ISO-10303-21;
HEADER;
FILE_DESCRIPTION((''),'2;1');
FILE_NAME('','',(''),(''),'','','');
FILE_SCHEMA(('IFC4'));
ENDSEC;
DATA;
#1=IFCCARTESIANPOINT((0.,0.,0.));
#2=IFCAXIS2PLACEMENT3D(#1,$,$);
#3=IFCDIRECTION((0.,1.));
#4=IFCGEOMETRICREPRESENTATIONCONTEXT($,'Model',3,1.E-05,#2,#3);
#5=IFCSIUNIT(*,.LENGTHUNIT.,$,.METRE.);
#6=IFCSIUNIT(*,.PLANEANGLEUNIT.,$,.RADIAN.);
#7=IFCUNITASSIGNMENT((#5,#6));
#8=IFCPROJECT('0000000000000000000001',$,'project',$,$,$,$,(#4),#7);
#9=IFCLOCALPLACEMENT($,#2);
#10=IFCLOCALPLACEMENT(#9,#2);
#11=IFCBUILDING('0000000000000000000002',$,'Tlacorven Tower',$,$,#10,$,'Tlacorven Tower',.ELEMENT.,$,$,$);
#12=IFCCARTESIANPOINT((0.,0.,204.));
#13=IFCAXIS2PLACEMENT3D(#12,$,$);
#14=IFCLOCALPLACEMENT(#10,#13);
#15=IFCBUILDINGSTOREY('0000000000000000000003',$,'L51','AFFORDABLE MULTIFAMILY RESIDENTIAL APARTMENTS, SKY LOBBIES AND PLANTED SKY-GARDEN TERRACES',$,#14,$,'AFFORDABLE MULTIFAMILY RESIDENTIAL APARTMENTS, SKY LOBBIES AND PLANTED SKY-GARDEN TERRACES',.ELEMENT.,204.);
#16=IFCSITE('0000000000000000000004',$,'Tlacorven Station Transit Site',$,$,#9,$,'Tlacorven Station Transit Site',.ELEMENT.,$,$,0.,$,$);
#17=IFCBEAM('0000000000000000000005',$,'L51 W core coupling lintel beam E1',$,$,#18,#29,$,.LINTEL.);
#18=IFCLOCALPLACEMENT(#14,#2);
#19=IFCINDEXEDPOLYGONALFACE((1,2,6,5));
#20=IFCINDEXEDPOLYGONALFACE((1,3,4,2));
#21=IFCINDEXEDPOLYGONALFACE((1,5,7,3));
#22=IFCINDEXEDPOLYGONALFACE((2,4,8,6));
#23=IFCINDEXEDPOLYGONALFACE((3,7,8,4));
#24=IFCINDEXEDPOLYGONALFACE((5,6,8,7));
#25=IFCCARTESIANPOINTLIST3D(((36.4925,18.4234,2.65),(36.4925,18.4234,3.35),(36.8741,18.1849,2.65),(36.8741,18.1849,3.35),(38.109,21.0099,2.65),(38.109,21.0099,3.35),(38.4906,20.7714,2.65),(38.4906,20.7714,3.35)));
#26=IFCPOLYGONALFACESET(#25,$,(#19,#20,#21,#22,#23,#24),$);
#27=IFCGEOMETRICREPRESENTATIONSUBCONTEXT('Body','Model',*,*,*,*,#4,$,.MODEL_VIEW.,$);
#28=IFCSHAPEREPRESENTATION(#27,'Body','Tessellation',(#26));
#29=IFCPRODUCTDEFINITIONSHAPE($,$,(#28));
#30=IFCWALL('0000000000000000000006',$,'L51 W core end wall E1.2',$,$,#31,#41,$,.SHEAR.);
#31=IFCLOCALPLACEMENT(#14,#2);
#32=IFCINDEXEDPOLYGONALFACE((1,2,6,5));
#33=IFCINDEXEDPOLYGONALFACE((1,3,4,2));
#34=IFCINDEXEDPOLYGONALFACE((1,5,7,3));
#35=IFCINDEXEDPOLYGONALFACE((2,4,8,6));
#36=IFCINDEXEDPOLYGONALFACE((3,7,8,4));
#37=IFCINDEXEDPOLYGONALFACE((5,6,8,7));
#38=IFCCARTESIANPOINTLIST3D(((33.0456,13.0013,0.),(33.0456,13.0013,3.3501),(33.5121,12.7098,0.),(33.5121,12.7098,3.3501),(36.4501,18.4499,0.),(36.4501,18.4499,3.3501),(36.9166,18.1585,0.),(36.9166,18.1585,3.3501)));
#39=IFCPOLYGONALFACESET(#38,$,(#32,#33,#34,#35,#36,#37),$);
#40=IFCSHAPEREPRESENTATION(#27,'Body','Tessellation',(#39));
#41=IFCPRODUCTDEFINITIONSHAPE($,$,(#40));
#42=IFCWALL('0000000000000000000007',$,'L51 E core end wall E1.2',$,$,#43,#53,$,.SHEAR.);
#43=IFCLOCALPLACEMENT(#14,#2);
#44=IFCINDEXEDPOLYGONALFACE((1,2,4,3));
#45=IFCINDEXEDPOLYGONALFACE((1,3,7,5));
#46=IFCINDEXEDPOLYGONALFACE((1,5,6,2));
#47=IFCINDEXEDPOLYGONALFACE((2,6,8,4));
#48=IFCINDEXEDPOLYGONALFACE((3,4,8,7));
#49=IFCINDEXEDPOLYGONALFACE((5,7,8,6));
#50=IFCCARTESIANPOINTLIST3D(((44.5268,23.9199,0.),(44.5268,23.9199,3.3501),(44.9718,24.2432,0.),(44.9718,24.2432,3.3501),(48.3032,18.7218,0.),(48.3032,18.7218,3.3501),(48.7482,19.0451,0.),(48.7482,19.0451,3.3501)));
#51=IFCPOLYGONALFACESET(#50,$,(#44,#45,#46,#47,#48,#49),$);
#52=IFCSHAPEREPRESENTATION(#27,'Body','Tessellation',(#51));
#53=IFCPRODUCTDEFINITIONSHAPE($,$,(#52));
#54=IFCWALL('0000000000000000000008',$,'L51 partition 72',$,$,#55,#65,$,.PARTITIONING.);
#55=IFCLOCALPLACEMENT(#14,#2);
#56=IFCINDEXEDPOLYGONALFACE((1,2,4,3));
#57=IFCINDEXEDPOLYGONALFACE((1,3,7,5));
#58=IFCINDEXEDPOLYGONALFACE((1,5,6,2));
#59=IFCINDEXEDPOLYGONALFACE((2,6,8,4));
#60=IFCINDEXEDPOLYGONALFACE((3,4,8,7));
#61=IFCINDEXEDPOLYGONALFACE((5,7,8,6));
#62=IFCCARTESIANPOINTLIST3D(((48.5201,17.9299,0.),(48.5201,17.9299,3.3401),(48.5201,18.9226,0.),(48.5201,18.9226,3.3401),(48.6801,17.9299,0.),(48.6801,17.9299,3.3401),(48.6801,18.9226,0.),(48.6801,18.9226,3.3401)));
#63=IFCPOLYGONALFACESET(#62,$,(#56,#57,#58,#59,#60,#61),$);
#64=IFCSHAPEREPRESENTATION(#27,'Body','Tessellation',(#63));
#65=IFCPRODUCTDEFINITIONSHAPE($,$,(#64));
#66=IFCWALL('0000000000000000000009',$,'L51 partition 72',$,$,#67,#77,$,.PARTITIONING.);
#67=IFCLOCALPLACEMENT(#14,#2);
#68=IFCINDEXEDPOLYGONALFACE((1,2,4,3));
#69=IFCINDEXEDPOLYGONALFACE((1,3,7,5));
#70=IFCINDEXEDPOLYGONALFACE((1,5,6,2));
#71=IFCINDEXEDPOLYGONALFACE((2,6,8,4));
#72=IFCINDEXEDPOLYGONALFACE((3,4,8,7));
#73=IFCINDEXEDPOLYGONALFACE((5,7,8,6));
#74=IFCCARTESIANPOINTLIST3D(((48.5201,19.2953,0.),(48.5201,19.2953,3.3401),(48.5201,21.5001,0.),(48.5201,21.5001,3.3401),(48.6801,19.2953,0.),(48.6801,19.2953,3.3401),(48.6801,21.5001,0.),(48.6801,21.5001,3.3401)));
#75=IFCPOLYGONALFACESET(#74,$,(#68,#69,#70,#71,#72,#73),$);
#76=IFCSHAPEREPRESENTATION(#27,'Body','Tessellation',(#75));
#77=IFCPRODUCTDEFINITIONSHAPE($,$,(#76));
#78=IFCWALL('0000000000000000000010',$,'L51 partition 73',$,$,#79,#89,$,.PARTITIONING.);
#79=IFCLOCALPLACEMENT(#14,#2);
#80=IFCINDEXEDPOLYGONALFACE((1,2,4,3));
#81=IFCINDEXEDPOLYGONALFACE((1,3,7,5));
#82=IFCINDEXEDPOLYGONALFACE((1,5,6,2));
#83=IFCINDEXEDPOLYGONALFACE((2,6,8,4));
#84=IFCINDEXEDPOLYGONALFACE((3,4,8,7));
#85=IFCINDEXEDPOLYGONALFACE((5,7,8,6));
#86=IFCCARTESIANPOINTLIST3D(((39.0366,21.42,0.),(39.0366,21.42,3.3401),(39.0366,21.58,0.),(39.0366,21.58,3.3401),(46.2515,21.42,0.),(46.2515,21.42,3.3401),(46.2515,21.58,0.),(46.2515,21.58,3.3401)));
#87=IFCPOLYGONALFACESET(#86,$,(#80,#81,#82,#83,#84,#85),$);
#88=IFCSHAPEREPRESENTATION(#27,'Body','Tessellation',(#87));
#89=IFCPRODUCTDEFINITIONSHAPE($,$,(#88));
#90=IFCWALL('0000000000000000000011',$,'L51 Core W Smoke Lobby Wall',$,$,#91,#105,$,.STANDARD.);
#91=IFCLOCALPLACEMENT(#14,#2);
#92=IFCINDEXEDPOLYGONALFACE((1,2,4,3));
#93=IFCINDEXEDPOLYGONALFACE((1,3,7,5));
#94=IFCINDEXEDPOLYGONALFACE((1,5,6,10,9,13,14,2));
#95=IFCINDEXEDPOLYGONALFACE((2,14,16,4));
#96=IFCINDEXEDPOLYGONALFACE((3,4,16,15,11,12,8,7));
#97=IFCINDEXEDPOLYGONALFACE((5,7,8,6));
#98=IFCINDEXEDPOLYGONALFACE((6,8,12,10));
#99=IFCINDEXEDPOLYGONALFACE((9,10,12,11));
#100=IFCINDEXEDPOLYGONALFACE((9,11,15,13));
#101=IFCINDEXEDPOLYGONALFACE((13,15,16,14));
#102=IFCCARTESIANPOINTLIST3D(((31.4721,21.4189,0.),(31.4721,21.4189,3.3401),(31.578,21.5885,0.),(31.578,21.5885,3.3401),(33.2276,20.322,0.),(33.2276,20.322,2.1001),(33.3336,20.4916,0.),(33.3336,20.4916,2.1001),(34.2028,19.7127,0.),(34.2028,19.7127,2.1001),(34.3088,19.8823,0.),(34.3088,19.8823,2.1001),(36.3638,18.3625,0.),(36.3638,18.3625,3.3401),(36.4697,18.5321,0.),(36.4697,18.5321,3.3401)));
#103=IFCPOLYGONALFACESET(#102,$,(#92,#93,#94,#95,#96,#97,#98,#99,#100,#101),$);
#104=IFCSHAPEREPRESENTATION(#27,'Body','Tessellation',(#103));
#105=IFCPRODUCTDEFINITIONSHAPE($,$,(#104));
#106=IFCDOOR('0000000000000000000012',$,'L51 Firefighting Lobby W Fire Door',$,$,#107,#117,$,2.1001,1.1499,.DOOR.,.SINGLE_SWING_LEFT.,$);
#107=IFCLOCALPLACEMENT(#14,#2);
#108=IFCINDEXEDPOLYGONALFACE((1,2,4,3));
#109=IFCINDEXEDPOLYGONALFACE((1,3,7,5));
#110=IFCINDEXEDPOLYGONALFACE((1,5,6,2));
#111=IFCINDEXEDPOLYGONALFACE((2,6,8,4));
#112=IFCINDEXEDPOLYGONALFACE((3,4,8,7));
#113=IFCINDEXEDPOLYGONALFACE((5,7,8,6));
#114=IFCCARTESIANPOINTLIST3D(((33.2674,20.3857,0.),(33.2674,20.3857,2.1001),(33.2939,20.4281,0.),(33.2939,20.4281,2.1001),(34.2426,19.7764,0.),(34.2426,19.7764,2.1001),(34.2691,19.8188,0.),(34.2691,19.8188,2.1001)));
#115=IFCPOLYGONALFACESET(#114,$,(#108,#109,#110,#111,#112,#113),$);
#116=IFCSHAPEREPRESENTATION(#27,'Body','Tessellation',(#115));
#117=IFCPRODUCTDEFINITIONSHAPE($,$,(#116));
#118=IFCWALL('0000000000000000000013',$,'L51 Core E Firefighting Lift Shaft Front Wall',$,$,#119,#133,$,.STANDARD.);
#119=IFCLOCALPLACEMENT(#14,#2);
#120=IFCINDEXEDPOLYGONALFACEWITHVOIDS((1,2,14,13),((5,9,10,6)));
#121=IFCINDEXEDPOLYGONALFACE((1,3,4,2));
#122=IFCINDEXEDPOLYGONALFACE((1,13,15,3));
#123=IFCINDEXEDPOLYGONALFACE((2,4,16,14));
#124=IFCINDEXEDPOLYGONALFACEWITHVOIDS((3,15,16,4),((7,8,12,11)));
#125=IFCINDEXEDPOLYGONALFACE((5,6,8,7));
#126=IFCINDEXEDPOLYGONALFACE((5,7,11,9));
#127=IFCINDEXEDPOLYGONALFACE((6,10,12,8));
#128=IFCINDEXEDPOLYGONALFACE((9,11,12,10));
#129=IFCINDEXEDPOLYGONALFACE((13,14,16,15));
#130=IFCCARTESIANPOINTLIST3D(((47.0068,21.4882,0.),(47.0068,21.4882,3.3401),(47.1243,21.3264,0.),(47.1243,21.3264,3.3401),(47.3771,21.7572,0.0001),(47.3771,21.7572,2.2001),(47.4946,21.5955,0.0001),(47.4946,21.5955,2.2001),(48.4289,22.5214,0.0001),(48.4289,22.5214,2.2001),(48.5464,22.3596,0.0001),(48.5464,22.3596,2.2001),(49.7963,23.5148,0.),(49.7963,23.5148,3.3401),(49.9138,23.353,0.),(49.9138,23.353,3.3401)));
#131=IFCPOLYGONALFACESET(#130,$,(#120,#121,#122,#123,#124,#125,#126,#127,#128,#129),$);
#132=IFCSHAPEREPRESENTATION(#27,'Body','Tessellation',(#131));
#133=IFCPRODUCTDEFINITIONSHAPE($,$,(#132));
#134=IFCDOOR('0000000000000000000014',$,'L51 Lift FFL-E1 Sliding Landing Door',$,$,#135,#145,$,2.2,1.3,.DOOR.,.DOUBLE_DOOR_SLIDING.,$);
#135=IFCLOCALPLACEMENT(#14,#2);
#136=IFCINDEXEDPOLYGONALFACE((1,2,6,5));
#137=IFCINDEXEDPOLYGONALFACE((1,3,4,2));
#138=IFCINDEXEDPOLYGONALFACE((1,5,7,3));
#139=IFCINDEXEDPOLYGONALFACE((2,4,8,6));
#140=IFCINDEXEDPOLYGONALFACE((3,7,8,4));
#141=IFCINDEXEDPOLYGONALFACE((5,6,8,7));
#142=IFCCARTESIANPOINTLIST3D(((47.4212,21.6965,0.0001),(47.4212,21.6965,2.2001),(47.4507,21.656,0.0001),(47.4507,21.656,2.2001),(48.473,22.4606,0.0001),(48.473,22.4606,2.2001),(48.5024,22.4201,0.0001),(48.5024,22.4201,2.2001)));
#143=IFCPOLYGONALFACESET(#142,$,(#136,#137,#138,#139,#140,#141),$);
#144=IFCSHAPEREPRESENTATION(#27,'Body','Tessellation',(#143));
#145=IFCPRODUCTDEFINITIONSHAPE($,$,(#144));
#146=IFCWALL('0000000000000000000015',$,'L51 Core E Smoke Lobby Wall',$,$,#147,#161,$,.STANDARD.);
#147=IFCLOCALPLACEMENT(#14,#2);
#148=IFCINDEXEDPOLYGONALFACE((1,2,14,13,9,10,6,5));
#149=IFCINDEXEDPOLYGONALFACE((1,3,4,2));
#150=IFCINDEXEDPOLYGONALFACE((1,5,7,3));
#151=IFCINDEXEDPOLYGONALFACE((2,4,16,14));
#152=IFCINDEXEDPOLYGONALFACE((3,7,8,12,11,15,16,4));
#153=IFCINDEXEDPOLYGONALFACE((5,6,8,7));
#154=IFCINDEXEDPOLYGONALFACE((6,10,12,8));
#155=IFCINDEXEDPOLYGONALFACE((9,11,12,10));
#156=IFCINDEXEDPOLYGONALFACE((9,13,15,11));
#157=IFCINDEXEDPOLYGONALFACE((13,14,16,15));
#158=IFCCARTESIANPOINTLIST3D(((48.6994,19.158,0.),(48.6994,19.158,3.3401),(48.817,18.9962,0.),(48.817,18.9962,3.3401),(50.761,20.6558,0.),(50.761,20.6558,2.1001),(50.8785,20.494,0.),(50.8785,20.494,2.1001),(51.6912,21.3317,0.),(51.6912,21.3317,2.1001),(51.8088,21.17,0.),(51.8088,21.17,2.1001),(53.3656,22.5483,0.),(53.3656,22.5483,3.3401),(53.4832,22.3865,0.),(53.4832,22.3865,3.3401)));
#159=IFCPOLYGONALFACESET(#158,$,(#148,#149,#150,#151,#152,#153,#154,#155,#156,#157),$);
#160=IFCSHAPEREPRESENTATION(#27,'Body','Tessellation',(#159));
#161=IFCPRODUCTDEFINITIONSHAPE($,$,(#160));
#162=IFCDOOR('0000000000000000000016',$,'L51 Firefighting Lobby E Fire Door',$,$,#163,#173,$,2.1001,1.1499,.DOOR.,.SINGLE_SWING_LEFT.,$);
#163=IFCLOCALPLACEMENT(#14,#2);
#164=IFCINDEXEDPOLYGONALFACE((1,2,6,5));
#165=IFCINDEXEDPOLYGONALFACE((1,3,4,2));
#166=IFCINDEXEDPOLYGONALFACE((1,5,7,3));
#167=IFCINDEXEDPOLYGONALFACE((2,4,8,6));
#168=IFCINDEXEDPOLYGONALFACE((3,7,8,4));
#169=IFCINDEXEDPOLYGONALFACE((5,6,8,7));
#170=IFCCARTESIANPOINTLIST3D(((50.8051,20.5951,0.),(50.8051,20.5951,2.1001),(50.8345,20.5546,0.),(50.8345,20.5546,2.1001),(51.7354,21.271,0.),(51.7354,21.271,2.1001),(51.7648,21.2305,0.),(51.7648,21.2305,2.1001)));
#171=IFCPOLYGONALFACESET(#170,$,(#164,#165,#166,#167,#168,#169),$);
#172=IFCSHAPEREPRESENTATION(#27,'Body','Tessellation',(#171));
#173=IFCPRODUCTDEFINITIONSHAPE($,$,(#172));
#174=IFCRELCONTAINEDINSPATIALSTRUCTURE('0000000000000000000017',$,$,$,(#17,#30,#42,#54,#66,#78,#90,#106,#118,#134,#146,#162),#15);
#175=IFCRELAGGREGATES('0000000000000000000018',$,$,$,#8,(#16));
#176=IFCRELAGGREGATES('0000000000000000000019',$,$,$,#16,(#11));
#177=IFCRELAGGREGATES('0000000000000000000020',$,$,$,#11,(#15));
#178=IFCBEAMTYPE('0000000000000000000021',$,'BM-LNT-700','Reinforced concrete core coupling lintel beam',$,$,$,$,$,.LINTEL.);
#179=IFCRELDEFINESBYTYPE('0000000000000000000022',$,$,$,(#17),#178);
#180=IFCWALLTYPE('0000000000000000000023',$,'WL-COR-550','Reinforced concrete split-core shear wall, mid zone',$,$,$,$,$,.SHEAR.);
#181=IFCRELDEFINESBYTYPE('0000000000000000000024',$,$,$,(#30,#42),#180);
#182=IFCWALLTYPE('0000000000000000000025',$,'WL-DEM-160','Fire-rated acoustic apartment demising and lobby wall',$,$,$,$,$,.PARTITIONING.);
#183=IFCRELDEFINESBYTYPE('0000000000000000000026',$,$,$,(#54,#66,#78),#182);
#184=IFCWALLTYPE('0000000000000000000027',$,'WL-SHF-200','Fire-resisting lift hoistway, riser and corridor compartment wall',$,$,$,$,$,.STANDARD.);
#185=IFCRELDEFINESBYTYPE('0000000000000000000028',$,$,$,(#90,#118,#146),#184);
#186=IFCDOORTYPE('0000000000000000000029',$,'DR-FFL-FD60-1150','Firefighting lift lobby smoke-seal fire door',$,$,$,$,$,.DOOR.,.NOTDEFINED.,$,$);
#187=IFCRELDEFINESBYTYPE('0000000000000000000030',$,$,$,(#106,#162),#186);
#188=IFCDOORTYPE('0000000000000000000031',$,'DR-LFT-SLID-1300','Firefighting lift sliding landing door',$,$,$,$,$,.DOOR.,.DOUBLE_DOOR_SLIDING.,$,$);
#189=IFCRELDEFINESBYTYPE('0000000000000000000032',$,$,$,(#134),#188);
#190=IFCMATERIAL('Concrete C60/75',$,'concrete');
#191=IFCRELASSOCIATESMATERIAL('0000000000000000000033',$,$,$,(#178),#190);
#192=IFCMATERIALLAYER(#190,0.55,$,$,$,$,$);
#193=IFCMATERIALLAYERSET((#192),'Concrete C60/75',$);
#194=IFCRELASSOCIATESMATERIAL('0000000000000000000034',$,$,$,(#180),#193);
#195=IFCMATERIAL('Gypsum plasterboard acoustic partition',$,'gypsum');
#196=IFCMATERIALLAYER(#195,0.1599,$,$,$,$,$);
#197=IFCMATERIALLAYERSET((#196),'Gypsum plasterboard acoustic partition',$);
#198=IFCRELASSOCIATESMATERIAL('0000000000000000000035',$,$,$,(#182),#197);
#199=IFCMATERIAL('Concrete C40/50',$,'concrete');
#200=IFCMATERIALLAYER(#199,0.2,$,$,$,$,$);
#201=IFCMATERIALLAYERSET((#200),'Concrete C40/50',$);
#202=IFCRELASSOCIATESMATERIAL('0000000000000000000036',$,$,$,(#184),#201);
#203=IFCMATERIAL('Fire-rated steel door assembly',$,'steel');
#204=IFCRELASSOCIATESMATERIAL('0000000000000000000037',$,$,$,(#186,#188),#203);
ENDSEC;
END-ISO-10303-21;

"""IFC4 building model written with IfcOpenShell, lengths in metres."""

from ifc_helpers import new_model, si_unit, direction, frame, frame_2d, origin, origin_2d, place, context, subcontext, project, spatial, rectangle, extrude, source, transform, mapped, material, layer, layer_set, material_profile, profile_set, type_object, element, fill, save


model = new_model("IFC4")

# Units and contexts
model_context = context("Model", 3, precision=1e-05, world=origin(), true_north=direction((0.0, 1.0)))
body_context = subcontext(model_context, "Body", "Model", "MODEL_VIEW")
ifc_project = project(units=[si_unit("LENGTHUNIT", "METRE"), si_unit("PLANEANGLEUNIT", "RADIAN")], contexts=[model_context])

# Site, building, storey
site_placement = place(None, origin())
site = spatial("IfcSite", under=ifc_project, at=site_placement, Name="Tlacorven Station Transit Site", LongName="Tlacorven Station Transit Site", CompositionType="ELEMENT", RefElevation=0.0)
building_placement = place(site_placement, origin())
building = spatial("IfcBuilding", under=site, at=building_placement, Name="Tlacorven Tower", LongName="Tlacorven Tower", CompositionType="ELEMENT")
storey_placement = place(building_placement, frame((0.0, 0.0, 204.0)))
storey = spatial("IfcBuildingStorey", under=building, at=storey_placement, Name="L51", Description="AFFORDABLE MULTIFAMILY RESIDENTIAL APARTMENTS, SKY LOBBIES AND PLANTED SKY-GARDEN TERRACES", LongName="AFFORDABLE MULTIFAMILY RESIDENTIAL APARTMENTS, SKY LOBBIES AND PLANTED SKY-GARDEN TERRACES", CompositionType="ELEMENT", Elevation=204.0)

# Beam
ifc_material_1 = material(Name="Concrete C60/75", Category="concrete")
ifc_material_profile = material_profile(ifc_material_1, rectangle(XDim=0.45, YDim=0.7, at=origin_2d()), Name="RC 450X700")
ifc_profile_set = profile_set([ifc_material_profile], Name="Concrete C60/75")
beam_type = type_object("IfcBeamType", Name="BM-LNT-700", Description="Reinforced concrete core coupling lintel beam", PredefinedType="LINTEL", material=ifc_profile_set)
shared_shape_1 = source(origin(), body_context, "Body", "SweptSolid", [
    extrude(rectangle(XDim=0.45, YDim=0.7, at=origin_2d()), origin(), (0.0, 0.0, 1.0), 3.05),
])
beam_placement = place(storey_placement, frame((38.2998, 20.8906, 3.0), z_axis=(-0.529985, -0.848007, 0.0), x_axis=(0.848007, -0.529985, 0.0)))
element("IfcBeam", 1, at=beam_placement, inside=storey, type_object=beam_type, Name="L51 W core coupling lintel beam E1", PredefinedType="LINTEL", context=body_context, shape_type="MappedRepresentation", body=[
    mapped(shared_shape_1, transform((0.0, 0.0, 0.0), scale=1.0)),
])

# Walls
ifc_layer_1 = layer(ifc_material_1, 0.55)
ifc_layer_set_1 = layer_set([ifc_layer_1], Name="Concrete C60/75")
wall_type_1 = type_object("IfcWallType", Name="WL-COR-550", Description="Reinforced concrete split-core shear wall, mid zone", PredefinedType="SHEAR", material=ifc_layer_set_1)
wall_1_placement = place(storey_placement, frame((36.6833, 18.3042, 0.0), z_axis=(0.0, 0.0, 1.0), x_axis=(-0.529896, -0.848062, 0.0)))
element("IfcWall", 2, at=wall_1_placement, inside=storey, type_object=wall_type_1, Name="L51 W core end wall E1.2", PredefinedType="SHEAR", context=body_context, shape_type="SweptSolid", body=[
    extrude(rectangle(XDim=6.4248, YDim=0.55, at=frame_2d((3.2124, 0.0))), origin(), (0.0, 0.0, 1.0), 3.3501),
])
wall_2_placement = place(storey_placement, frame((48.5256, 18.8835, 0.0), z_axis=(0.0, 0.0, 1.0), x_axis=(-0.587765, 0.809032, 0.0)))
element("IfcWall", 3, at=wall_2_placement, inside=storey, type_object=wall_type_1, Name="L51 E core end wall E1.2", PredefinedType="SHEAR", context=body_context, shape_type="SweptSolid", body=[
    extrude(rectangle(XDim=6.425, YDim=0.55, at=frame_2d((3.2124, 0.0))), origin(), (0.0, 0.0, 1.0), 3.3501),
])
ifc_material_2 = material(Name="Gypsum plasterboard acoustic partition", Category="gypsum")
ifc_layer_2 = layer(ifc_material_2, 0.1599)
ifc_layer_set_2 = layer_set([ifc_layer_2], Name="Gypsum plasterboard acoustic partition")
wall_type_2 = type_object("IfcWallType", Name="WL-DEM-160", Description="Fire-rated acoustic apartment demising and lobby wall", PredefinedType="PARTITIONING", material=ifc_layer_set_2)
wall_3_placement = place(storey_placement, frame((48.6001, 17.9299, 0.0), z_axis=(0.0, 0.0, 1.0), x_axis=(0.0, 1.0, 0.0)))
element("IfcWall", 4, at=wall_3_placement, inside=storey, type_object=wall_type_2, Name="L51 partition 72", PredefinedType="PARTITIONING", context=body_context, shape_type="SweptSolid", body=[
    extrude(rectangle(XDim=0.9927, YDim=0.1599, at=frame_2d((0.4963, 0.0))), origin(), (0.0, 0.0, 1.0), 3.3401),
])
wall_4_placement = place(storey_placement, frame((48.6001, 19.2952, 0.0), z_axis=(0.0, 0.0, 1.0), x_axis=(0.0, 1.0, 0.0)))
element("IfcWall", 5, at=wall_4_placement, inside=storey, type_object=wall_type_2, Name="L51 partition 72", PredefinedType="PARTITIONING", context=body_context, shape_type="SweptSolid", body=[
    extrude(rectangle(XDim=2.2048, YDim=0.1599, at=frame_2d((1.1025, 0.0))), origin(), (0.0, 0.0, 1.0), 3.3401),
])
wall_5_placement = place(storey_placement, frame((39.0366, 21.5, 0.0), z_axis=(0.0, 0.0, 1.0), x_axis=(1.0, 0.0, 0.0)))
element("IfcWall", 6, at=wall_5_placement, inside=storey, type_object=wall_type_2, Name="L51 partition 73", PredefinedType="PARTITIONING", context=body_context, shape_type="SweptSolid", body=[
    extrude(rectangle(XDim=7.2148, YDim=0.1599, at=frame_2d((3.6074, 0.0))), origin(), (0.0, 0.0, 1.0), 3.3401),
])

# Walls, openings, doors
ifc_material_3 = material(Name="Concrete C40/50", Category="concrete")
ifc_layer_3 = layer(ifc_material_3, 0.2)
ifc_layer_set_3 = layer_set([ifc_layer_3], Name="Concrete C40/50")
wall_type_3 = type_object("IfcWallType", Name="WL-SHF-200", Description="Fire-resisting lift hoistway, riser and corridor compartment wall", PredefinedType="STANDARD", material=ifc_layer_set_3)
wall_6_placement = place(storey_placement, frame((36.4167, 18.4473, 0.0), z_axis=(0.0, 0.0, 1.0), x_axis=(-0.848065, 0.529892, 0.0)))
wall_6 = element("IfcWall", 7, at=wall_6_placement, inside=storey, type_object=wall_type_3, Name="L51 Core W Smoke Lobby Wall", PredefinedType="STANDARD", context=body_context, shape_type="SweptSolid", body=[
    extrude(rectangle(XDim=5.7681, YDim=0.2, at=frame_2d((2.884, 0.0))), origin(), (0.0, 0.0, 1.0), 3.3401),
])
opening_1_placement = place(wall_6_placement, frame((2.5481, 0.0, 0.0)))
opening_1 = element("IfcOpeningElement", 8, at=opening_1_placement, cuts=wall_6, PredefinedType="OPENING", context=body_context, shape_type="SweptSolid", body=[
    extrude(rectangle(XDim=1.1499, YDim=2.1001, at=frame_2d((0.575, 1.05))), frame((0.0, 0.1099, 0.0), z_axis=(0.0, -1.0, 0.0), x_axis=(1.0, 0.0, 0.0)), (0.0, 0.0, 1.0), 0.22),
])
ifc_material_4 = material(Name="Fire-rated steel door assembly", Category="steel")
door_type_1 = type_object("IfcDoorType", Name="DR-FFL-FD60-1150", Description="Firefighting lift lobby smoke-seal fire door", OperationType="NOTDEFINED", PredefinedType="DOOR", material=ifc_material_4)
shared_shape_2 = source(origin(), body_context, "Body", "SweptSolid", [
    extrude(rectangle(XDim=1.1499, YDim=2.1001, at=frame_2d((0.575, 1.05))), frame((0.0, 0.0249, 0.0), z_axis=(0.0, -1.0, 0.0), x_axis=(1.0, 0.0, 0.0)), (0.0, 0.0, 1.0), 0.05),
])
door_1_placement = place(opening_1_placement, origin())
door_1 = element("IfcDoor", 9, at=door_1_placement, inside=storey, type_object=door_type_1, Name="L51 Firefighting Lobby W Fire Door", OperationType="SINGLE_SWING_LEFT", OverallHeight=2.1001, OverallWidth=1.1499, PredefinedType="DOOR", context=body_context, shape_type="MappedRepresentation", body=[
    mapped(shared_shape_2, transform((0.0, 0.0, 0.0), scale=1.0)),
])
fill(opening_1, door_1)
wall_7_placement = place(storey_placement, frame((47.0654, 21.4072, 0.0), z_axis=(0.0, 0.0, 1.0), x_axis=(0.809033, 0.587763, 0.0)))
wall_7 = element("IfcWall", 10, at=wall_7_placement, inside=storey, type_object=wall_type_3, Name="L51 Core E Firefighting Lift Shaft Front Wall", PredefinedType="STANDARD", context=body_context, shape_type="SweptSolid", body=[
    extrude(rectangle(XDim=3.448, YDim=0.2, at=frame_2d((1.7241, 0.0))), origin(), (0.0, 0.0, 1.0), 3.3401),
])
opening_2_placement = place(wall_7_placement, frame((0.458, 0.0, 0.0)))
opening_2 = element("IfcOpeningElement", 11, at=opening_2_placement, cuts=wall_7, PredefinedType="OPENING", context=body_context, shape_type="SweptSolid", body=[
    extrude(rectangle(XDim=1.3, YDim=2.2, at=frame_2d((0.6499, 1.1001))), frame((0.0, 0.1099, 0.0), z_axis=(0.0, -1.0, 0.0), x_axis=(1.0, 0.0, 0.0)), (0.0, 0.0, 1.0), 0.22),
])
door_type_2 = type_object("IfcDoorType", Name="DR-LFT-SLID-1300", Description="Firefighting lift sliding landing door", OperationType="DOUBLE_DOOR_SLIDING", PredefinedType="DOOR", material=ifc_material_4)
shared_shape_3 = source(origin(), body_context, "Body", "SweptSolid", [
    extrude(rectangle(XDim=1.3, YDim=2.2, at=frame_2d((0.6499, 1.1001))), frame((0.0, 0.0249, 0.0), z_axis=(0.0, -1.0, 0.0), x_axis=(1.0, 0.0, 0.0)), (0.0, 0.0, 1.0), 0.05),
])
door_2_placement = place(opening_2_placement, origin())
door_2 = element("IfcDoor", 12, at=door_2_placement, inside=storey, type_object=door_type_2, Name="L51 Lift FFL-E1 Sliding Landing Door", OperationType="DOUBLE_DOOR_SLIDING", OverallHeight=2.2, OverallWidth=1.3, PredefinedType="DOOR", context=body_context, shape_type="MappedRepresentation", body=[
    mapped(shared_shape_3, transform((0.0, 0.0, 0.0), scale=1.0)),
])
fill(opening_2, door_2)
wall_8_placement = place(storey_placement, frame((48.7583, 19.0771, 0.0), z_axis=(0.0, 0.0, 1.0), x_axis=(0.809005, 0.587802, 0.0)))
wall_8 = element("IfcWall", 13, at=wall_8_placement, inside=storey, type_object=wall_type_3, Name="L51 Core E Smoke Lobby Wall", PredefinedType="STANDARD", context=body_context, shape_type="SweptSolid", body=[
    extrude(rectangle(XDim=5.7678, YDim=0.2, at=frame_2d((2.8838, 0.0))), origin(), (0.0, 0.0, 1.0), 3.3401),
])
opening_3_placement = place(wall_8_placement, frame((2.5481, 0.0, 0.0)))
opening_3 = element("IfcOpeningElement", 14, at=opening_3_placement, cuts=wall_8, PredefinedType="OPENING", context=body_context, shape_type="SweptSolid", body=[
    extrude(rectangle(XDim=1.1499, YDim=2.1001, at=frame_2d((0.575, 1.05))), frame((0.0, 0.1099, 0.0), z_axis=(0.0, -1.0, 0.0), x_axis=(1.0, 0.0, 0.0)), (0.0, 0.0, 1.0), 0.22),
])
door_3_placement = place(opening_3_placement, origin())
door_3 = element("IfcDoor", 15, at=door_3_placement, inside=storey, type_object=door_type_1, Name="L51 Firefighting Lobby E Fire Door", OperationType="SINGLE_SWING_LEFT", OverallHeight=2.1001, OverallWidth=1.1499, PredefinedType="DOOR", context=body_context, shape_type="MappedRepresentation", body=[
    mapped(shared_shape_2, transform((0.0, 0.0, 0.0), scale=1.0)),
])
fill(opening_3, door_3)

save(model, "model.ifc")
